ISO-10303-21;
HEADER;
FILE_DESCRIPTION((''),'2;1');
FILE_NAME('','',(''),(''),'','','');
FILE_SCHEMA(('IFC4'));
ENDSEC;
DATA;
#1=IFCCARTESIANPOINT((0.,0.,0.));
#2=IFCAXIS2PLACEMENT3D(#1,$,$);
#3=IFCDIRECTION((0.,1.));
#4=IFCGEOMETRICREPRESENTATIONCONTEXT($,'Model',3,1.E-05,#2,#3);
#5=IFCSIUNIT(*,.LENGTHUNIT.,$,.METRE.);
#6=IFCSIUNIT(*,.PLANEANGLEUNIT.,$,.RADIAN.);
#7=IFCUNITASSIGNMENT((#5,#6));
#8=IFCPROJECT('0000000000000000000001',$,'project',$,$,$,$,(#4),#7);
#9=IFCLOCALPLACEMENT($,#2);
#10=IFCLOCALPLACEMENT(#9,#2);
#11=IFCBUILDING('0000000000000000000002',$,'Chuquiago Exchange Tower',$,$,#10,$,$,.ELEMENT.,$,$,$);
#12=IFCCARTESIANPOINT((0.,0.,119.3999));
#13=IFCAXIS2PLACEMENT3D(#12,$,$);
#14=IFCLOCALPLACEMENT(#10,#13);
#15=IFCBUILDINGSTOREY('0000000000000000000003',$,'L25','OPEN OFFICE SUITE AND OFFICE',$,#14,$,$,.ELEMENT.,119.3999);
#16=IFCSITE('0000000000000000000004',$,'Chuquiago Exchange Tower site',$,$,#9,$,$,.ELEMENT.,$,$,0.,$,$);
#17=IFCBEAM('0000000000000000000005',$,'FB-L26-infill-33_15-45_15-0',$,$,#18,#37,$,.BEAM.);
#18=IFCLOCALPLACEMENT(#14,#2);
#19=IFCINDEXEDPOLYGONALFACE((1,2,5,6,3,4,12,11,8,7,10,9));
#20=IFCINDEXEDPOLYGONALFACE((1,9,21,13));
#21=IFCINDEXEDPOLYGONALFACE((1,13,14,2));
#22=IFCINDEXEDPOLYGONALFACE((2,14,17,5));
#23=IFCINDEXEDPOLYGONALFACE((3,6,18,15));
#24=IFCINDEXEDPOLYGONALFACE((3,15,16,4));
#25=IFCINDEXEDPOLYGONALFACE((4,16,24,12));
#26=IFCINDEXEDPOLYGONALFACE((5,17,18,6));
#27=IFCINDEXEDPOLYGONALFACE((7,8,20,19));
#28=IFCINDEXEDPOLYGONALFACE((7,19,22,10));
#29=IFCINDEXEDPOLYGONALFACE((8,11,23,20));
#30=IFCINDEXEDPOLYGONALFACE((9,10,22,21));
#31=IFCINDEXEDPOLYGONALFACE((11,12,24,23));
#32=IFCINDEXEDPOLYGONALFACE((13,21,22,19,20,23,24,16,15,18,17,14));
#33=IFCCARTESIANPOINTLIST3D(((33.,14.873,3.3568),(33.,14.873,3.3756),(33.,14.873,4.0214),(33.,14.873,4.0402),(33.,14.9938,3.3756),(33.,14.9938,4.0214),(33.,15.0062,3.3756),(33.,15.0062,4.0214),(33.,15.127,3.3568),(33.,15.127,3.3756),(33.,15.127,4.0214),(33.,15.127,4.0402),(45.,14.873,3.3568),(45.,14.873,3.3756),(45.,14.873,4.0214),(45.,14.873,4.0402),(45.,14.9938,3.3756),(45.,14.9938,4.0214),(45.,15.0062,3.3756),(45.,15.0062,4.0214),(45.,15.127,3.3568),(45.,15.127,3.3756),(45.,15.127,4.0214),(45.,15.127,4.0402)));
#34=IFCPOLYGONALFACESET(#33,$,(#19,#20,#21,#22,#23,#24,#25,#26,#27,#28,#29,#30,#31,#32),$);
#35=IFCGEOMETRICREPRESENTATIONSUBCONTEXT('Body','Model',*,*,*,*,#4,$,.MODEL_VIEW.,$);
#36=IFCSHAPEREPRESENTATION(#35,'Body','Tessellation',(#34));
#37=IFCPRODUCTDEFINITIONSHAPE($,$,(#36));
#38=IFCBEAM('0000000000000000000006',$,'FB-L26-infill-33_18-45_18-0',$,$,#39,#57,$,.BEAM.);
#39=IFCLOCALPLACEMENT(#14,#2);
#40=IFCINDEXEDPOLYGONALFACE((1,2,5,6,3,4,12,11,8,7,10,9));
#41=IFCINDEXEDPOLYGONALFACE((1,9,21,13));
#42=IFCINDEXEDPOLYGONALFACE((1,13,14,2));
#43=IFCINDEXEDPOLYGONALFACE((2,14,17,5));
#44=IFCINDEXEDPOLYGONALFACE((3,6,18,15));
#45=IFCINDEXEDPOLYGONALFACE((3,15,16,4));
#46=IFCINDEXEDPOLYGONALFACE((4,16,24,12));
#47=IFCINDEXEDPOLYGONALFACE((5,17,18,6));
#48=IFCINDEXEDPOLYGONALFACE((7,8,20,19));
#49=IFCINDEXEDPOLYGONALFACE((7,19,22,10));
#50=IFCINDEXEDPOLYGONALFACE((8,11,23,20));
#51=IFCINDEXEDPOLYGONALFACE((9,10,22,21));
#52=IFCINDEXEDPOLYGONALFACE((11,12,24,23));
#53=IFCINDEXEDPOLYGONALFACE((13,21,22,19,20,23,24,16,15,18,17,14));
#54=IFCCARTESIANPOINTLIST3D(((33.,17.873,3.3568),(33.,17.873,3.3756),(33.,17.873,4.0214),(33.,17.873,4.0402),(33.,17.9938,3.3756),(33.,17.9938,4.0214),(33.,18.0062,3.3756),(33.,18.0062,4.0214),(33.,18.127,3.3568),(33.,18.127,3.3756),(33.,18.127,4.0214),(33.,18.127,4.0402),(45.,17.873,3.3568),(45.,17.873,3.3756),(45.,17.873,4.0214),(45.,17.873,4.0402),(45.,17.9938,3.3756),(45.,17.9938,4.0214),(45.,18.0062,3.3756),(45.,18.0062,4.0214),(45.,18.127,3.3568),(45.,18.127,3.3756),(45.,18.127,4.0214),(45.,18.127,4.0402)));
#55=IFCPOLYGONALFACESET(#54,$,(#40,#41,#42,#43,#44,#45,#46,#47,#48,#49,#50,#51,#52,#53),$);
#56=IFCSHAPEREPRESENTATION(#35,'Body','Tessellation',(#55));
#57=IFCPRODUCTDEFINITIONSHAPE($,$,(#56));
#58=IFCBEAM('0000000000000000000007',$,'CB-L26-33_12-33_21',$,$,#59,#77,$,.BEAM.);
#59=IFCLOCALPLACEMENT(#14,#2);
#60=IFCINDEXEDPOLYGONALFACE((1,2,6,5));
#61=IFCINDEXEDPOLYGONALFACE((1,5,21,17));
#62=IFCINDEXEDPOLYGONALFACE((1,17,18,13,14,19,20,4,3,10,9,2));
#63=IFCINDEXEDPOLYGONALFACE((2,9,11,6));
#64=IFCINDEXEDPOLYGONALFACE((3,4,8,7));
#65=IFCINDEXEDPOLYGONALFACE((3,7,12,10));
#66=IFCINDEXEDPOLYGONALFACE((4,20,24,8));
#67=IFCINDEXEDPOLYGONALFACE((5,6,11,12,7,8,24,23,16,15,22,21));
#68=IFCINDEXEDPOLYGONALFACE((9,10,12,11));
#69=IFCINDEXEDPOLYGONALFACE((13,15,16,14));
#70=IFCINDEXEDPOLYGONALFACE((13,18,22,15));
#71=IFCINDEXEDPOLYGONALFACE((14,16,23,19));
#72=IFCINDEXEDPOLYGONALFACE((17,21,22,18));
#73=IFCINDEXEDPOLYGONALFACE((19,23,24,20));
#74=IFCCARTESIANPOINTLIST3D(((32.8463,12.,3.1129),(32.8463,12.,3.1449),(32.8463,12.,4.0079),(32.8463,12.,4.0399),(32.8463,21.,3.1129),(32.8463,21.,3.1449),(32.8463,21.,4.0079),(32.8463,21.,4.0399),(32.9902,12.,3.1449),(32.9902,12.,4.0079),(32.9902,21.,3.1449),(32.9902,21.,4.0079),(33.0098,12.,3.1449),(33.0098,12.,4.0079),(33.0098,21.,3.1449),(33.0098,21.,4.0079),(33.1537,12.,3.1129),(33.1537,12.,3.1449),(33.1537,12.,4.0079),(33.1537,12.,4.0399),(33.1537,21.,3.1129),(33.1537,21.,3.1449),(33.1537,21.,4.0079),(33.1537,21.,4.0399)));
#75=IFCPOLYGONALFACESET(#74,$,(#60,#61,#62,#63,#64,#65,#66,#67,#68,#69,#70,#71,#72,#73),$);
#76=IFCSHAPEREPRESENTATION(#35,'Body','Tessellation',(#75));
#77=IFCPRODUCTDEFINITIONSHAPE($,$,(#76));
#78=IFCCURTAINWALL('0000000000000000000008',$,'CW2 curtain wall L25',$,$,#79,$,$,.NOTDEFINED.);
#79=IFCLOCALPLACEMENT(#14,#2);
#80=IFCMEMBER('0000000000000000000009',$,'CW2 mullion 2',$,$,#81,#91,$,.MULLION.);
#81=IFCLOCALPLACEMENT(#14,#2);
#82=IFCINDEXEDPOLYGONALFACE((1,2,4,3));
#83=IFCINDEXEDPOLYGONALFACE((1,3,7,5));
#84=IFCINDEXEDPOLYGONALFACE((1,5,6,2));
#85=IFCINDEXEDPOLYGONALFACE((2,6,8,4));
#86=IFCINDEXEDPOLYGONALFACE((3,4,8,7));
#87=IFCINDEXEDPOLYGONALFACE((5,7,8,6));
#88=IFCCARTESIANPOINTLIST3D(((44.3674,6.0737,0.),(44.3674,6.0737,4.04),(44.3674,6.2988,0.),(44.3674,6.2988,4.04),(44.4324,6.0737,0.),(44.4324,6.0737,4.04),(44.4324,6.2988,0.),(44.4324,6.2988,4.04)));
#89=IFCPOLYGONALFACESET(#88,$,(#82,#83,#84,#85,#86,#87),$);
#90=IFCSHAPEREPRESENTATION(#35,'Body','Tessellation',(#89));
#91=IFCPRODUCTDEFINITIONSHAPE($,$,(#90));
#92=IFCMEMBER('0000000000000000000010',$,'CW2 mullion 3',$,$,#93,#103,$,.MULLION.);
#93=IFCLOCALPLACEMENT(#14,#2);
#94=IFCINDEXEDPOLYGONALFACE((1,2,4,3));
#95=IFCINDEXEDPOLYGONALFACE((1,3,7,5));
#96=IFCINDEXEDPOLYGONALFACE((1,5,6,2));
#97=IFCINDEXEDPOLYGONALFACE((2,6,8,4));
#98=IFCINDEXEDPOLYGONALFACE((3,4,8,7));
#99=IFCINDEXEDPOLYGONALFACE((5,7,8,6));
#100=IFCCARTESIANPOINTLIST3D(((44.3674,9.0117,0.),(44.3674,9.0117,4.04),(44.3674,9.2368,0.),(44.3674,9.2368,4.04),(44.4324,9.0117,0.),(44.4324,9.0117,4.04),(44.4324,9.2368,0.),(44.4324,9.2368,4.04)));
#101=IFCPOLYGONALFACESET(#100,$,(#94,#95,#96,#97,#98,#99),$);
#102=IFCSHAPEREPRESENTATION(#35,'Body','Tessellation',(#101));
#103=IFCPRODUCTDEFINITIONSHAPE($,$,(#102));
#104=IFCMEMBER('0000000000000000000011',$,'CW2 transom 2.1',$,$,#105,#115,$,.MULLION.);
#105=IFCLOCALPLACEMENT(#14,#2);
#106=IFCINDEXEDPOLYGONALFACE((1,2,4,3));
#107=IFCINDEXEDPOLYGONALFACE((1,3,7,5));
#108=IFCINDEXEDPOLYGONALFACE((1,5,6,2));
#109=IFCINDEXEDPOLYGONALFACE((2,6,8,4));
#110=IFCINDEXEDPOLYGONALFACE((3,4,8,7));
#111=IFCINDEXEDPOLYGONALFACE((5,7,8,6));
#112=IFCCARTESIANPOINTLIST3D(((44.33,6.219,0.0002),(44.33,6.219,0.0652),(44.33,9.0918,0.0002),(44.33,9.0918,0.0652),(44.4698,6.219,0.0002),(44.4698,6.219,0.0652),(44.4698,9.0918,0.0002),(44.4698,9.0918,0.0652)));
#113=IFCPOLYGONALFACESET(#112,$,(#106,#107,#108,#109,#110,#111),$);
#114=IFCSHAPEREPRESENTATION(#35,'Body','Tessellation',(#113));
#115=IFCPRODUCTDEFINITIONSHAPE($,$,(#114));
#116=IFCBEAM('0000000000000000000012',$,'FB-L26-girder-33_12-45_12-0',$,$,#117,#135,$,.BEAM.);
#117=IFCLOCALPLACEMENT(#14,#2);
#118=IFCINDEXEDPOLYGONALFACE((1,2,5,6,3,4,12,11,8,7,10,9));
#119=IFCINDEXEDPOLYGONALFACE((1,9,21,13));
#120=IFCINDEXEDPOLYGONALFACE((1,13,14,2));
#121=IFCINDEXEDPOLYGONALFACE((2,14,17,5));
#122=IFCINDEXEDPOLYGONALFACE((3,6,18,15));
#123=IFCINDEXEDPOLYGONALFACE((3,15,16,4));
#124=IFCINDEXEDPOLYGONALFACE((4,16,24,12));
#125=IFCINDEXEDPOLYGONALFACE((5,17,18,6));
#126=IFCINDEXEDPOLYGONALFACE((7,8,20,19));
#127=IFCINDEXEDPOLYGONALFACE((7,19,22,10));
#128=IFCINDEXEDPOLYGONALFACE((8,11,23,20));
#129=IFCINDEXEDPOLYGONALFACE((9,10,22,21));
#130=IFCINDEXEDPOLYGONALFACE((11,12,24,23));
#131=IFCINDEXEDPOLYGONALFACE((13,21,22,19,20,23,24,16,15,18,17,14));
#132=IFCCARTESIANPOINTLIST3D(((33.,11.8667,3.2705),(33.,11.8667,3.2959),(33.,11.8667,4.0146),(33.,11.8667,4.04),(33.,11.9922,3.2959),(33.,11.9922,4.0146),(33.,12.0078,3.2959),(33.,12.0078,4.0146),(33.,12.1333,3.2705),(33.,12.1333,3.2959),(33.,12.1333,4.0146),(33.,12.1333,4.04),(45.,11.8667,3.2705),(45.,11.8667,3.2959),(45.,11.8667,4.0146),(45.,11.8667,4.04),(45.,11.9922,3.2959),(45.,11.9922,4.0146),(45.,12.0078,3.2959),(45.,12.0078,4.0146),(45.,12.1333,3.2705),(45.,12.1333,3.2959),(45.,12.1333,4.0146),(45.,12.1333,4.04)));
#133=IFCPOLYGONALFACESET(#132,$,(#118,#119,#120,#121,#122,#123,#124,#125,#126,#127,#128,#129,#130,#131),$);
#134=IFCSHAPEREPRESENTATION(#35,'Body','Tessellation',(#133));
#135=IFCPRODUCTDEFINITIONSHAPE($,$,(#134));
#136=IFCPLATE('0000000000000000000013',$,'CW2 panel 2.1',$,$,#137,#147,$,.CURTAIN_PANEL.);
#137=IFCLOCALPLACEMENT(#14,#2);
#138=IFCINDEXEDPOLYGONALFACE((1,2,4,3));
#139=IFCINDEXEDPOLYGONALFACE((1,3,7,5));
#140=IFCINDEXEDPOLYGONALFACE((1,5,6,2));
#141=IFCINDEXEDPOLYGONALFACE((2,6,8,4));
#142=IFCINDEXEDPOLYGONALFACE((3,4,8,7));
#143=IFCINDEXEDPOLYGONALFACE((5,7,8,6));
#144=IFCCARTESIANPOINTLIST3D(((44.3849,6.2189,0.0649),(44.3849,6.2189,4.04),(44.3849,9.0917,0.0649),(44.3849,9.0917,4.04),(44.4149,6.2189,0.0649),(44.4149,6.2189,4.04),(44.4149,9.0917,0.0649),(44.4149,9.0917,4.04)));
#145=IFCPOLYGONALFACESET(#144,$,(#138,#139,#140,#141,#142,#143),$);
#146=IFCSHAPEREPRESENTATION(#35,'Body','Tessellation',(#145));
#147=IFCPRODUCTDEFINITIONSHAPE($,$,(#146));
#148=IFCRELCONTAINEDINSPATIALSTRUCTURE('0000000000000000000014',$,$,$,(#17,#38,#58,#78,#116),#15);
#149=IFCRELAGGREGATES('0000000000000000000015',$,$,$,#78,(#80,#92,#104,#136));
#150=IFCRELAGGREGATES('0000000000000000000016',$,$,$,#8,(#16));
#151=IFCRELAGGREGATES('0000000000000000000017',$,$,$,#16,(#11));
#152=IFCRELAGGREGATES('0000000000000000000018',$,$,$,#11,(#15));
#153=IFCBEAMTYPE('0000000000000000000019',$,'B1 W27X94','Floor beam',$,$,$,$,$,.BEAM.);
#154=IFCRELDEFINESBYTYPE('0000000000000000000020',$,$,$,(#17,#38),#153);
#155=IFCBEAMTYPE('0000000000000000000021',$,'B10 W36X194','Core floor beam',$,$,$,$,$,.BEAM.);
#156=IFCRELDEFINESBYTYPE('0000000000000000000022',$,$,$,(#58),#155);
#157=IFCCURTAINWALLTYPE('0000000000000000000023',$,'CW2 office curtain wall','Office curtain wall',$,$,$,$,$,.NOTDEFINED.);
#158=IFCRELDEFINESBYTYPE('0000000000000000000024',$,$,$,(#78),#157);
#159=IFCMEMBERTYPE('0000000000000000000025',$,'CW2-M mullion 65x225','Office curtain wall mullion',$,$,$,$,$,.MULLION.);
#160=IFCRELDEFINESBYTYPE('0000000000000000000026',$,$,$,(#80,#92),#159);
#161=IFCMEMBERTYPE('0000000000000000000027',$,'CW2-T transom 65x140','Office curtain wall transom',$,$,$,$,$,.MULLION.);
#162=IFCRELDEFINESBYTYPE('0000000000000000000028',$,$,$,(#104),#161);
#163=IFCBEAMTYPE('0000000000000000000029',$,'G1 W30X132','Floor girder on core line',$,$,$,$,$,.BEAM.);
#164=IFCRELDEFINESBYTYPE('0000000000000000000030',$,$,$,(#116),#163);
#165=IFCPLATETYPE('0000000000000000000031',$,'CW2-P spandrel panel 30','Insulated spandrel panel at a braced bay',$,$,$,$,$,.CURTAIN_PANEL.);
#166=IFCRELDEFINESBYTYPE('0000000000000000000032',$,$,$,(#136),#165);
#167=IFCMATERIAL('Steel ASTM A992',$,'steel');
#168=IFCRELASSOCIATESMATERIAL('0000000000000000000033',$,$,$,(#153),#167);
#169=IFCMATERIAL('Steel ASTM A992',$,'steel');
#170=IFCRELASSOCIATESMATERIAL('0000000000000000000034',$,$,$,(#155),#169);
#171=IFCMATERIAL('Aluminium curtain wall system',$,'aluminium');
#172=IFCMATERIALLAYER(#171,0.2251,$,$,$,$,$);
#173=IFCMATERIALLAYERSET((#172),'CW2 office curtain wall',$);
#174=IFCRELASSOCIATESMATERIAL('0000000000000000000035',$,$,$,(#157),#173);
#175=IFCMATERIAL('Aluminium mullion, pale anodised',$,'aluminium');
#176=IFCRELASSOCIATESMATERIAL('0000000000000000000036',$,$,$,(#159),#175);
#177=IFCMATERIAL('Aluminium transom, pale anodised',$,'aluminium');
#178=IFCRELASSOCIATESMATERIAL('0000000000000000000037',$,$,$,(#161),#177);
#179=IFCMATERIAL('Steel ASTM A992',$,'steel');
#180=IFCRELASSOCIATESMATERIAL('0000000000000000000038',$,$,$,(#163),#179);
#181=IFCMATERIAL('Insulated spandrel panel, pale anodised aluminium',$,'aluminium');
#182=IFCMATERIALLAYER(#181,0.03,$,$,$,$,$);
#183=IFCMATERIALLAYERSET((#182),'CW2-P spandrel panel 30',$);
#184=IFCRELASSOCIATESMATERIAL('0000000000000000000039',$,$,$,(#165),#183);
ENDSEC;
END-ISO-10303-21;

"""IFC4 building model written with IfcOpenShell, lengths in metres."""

from ifc_helpers import new_model, si_unit, direction, frame, origin, origin_2d, place, context, subcontext, project, spatial, rectangle, i_section, extrude, material, layer, layer_set, material_profile, profile_set, type_object, element, aggregate, save


model = new_model("IFC4")

# Units and contexts
model_context = context("Model", 3, precision=1e-05, world=origin(), true_north=direction((0.0, 1.0)))
body_context = subcontext(model_context, "Body", "Model", "MODEL_VIEW")
ifc_project = project(units=[si_unit("LENGTHUNIT", "METRE"), si_unit("PLANEANGLEUNIT", "RADIAN")], contexts=[model_context])

# Site, building, storey
site_placement = place(None, origin())
site = spatial("IfcSite", under=ifc_project, at=site_placement, Name="Chuquiago Exchange Tower site", CompositionType="ELEMENT", RefElevation=0.0)
building_placement = place(site_placement, origin())
building = spatial("IfcBuilding", under=site, at=building_placement, Name="Chuquiago Exchange Tower", CompositionType="ELEMENT")
storey_placement = place(building_placement, frame((0.0, 0.0, 119.3999)))
storey = spatial("IfcBuildingStorey", under=building, at=storey_placement, Name="L25", Description="OPEN OFFICE SUITE AND OFFICE", CompositionType="ELEMENT", Elevation=119.3999)

# Beams
ifc_material_1 = material(Name="Steel ASTM A992", Category="steel")
ifc_material_profile_1 = material_profile(ifc_material_1, i_section(OverallWidth=0.2539, OverallDepth=0.6833, WebThickness=0.0125, FlangeThickness=0.0188, at=origin_2d()), Name="W27X94")
ifc_profile_set_1 = profile_set([ifc_material_profile_1], Name="Steel ASTM A992")
beam_type_1 = type_object("IfcBeamType", Name="B1 W27X94", Description="Floor beam", PredefinedType="BEAM", material=ifc_profile_set_1)
for number, where, z_axis, x_axis, name in (
    (1, (33.0, 15.0, 3.6985), (1.0, 0.0, 0.0), (0.0, 1.0, 0.0), "FB-L26-infill-33_15-45_15-0"),
    (2, (33.0, 18.0, 3.6985), (1.0, 0.0, 0.0), (0.0, 1.0, 0.0), "FB-L26-infill-33_18-45_18-0"),
):
    element("IfcBeam", number, at=place(storey_placement, frame(where, z_axis=z_axis, x_axis=x_axis)), inside=storey, type_object=beam_type_1, Name=name, PredefinedType="BEAM", context=body_context, shape_type="SweptSolid", body=[
        extrude(i_section(OverallWidth=0.2539, OverallDepth=0.6833, WebThickness=0.0125, FlangeThickness=0.0188, at=origin_2d()), origin(), (0.0, 0.0, 1.0), 12.0),
    ])
ifc_material_2 = material(Name="Steel ASTM A992", Category="steel")
ifc_material_profile_2 = material_profile(ifc_material_2, i_section(OverallWidth=0.3074, OverallDepth=0.927, WebThickness=0.0195, FlangeThickness=0.032, at=origin_2d()), Name="W36X194")
ifc_profile_set_2 = profile_set([ifc_material_profile_2], Name="Steel ASTM A992")
beam_type_2 = type_object("IfcBeamType", Name="B10 W36X194", Description="Core floor beam", PredefinedType="BEAM", material=ifc_profile_set_2)
beam_1_placement = place(storey_placement, frame((33.0, 12.0, 3.5764), z_axis=(0.0, 1.0, 0.0), x_axis=(-1.0, 0.0, 0.0)))
element("IfcBeam", 3, at=beam_1_placement, inside=storey, type_object=beam_type_2, Name="CB-L26-33_12-33_21", PredefinedType="BEAM", context=body_context, shape_type="SweptSolid", body=[
    extrude(i_section(OverallWidth=0.3074, OverallDepth=0.927, WebThickness=0.0195, FlangeThickness=0.032, at=origin_2d()), origin(), (0.0, 0.0, 1.0), 9.0),
])

# Curtain wall, members
ifc_material_3 = material(Name="Aluminium curtain wall system", Category="aluminium")
ifc_layer_1 = layer(ifc_material_3, 0.2251)
ifc_layer_set_1 = layer_set([ifc_layer_1], Name="CW2 office curtain wall")
curtain_wall_type = type_object("IfcCurtainWallType", Name="CW2 office curtain wall", Description="Office curtain wall", PredefinedType="NOTDEFINED", material=ifc_layer_set_1)
curtain_wall_placement = place(storey_placement, origin())
curtain_wall = element("IfcCurtainWall", 4, at=curtain_wall_placement, inside=storey, type_object=curtain_wall_type, Name="CW2 curtain wall L25", PredefinedType="NOTDEFINED")
ifc_material_4 = material(Name="Aluminium mullion, pale anodised", Category="aluminium")
ifc_material_profile_3 = material_profile(ifc_material_4, rectangle(XDim=0.0649, YDim=0.2251, at=origin_2d()), Name="AL 65x225")
ifc_profile_set_3 = profile_set([ifc_material_profile_3], Name="Aluminium mullion, pale anodised")
member_type_1 = type_object("IfcMemberType", Name="CW2-M mullion 65x225", Description="Office curtain wall mullion", PredefinedType="MULLION", material=ifc_profile_set_3)
member_1_placement = place(storey_placement, frame((44.3999, 6.1863, 0.0), z_axis=(0.0, 0.0, 1.0), x_axis=(-1.0, 0.0, 0.0)))
member_1 = element("IfcMember", 5, at=member_1_placement, type_object=member_type_1, Name="CW2 mullion 2", PredefinedType="MULLION", context=body_context, shape_type="SweptSolid", body=[
    extrude(rectangle(XDim=0.0649, YDim=0.2251, at=origin_2d()), origin(), (0.0, 0.0, 1.0), 4.04),
])
member_2_placement = place(storey_placement, frame((44.3999, 9.1243, 0.0), z_axis=(0.0, 0.0, 1.0), x_axis=(-1.0, 0.0, 0.0)))
member_2 = element("IfcMember", 6, at=member_2_placement, type_object=member_type_1, Name="CW2 mullion 3", PredefinedType="MULLION", context=body_context, shape_type="SweptSolid", body=[
    extrude(rectangle(XDim=0.0649, YDim=0.2251, at=origin_2d()), origin(), (0.0, 0.0, 1.0), 4.04),
])
ifc_material_5 = material(Name="Aluminium transom, pale anodised", Category="aluminium")
ifc_material_profile_4 = material_profile(ifc_material_5, rectangle(XDim=0.1399, YDim=0.0649, at=origin_2d()), Name="AL 140x65")
ifc_profile_set_4 = profile_set([ifc_material_profile_4], Name="Aluminium transom, pale anodised")
member_type_2 = type_object("IfcMemberType", Name="CW2-T transom 65x140", Description="Office curtain wall transom", PredefinedType="MULLION", material=ifc_profile_set_4)
member_3_placement = place(storey_placement, frame((44.3999, 6.219, 0.0327), z_axis=(0.0, 1.0, 0.0), x_axis=(-1.0, 0.0, 0.0)))
member_3 = element("IfcMember", 7, at=member_3_placement, type_object=member_type_2, Name="CW2 transom 2.1", PredefinedType="MULLION", context=body_context, shape_type="SweptSolid", body=[
    extrude(rectangle(XDim=0.1399, YDim=0.0649, at=origin_2d()), origin(), (0.0, 0.0, 1.0), 2.8728),
])

# Beam
ifc_material_6 = material(Name="Steel ASTM A992", Category="steel")
ifc_material_profile_5 = material_profile(ifc_material_6, i_section(OverallWidth=0.2666, OverallDepth=0.7695, WebThickness=0.0156, FlangeThickness=0.0254, at=origin_2d()), Name="W30X132")
ifc_profile_set_5 = profile_set([ifc_material_profile_5], Name="Steel ASTM A992")
beam_type_3 = type_object("IfcBeamType", Name="G1 W30X132", Description="Floor girder on core line", PredefinedType="BEAM", material=ifc_profile_set_5)
beam_2_placement = place(storey_placement, frame((33.0, 12.0, 3.6553), z_axis=(1.0, 0.0, 0.0), x_axis=(0.0, 1.0, 0.0)))
element("IfcBeam", 8, at=beam_2_placement, inside=storey, type_object=beam_type_3, Name="FB-L26-girder-33_12-45_12-0", PredefinedType="BEAM", context=body_context, shape_type="SweptSolid", body=[
    extrude(i_section(OverallWidth=0.2666, OverallDepth=0.7695, WebThickness=0.0156, FlangeThickness=0.0254, at=origin_2d()), origin(), (0.0, 0.0, 1.0), 12.0),
])

# Plate
ifc_material_7 = material(Name="Insulated spandrel panel, pale anodised aluminium", Category="aluminium")
ifc_layer_2 = layer(ifc_material_7, 0.03)
ifc_layer_set_2 = layer_set([ifc_layer_2], Name="CW2-P spandrel panel 30")
plate_type = type_object("IfcPlateType", Name="CW2-P spandrel panel 30", Description="Insulated spandrel panel at a braced bay", PredefinedType="CURTAIN_PANEL", material=ifc_layer_set_2)
plate_placement = place(storey_placement, frame((44.3999, 7.6553, 0.0649), z_axis=(0.0, 0.0, 1.0), x_axis=(0.0, 1.0, 0.0)))
plate = element("IfcPlate", 9, at=plate_placement, type_object=plate_type, Name="CW2 panel 2.1", PredefinedType="CURTAIN_PANEL", context=body_context, shape_type="SweptSolid", body=[
    extrude(rectangle(XDim=2.8728, YDim=0.03, at=origin_2d()), origin(), (0.0, 0.0, 1.0), 3.9751),
])
aggregate(curtain_wall, [member_1, member_2, member_3, plate])

save(model, "model.ifc")
